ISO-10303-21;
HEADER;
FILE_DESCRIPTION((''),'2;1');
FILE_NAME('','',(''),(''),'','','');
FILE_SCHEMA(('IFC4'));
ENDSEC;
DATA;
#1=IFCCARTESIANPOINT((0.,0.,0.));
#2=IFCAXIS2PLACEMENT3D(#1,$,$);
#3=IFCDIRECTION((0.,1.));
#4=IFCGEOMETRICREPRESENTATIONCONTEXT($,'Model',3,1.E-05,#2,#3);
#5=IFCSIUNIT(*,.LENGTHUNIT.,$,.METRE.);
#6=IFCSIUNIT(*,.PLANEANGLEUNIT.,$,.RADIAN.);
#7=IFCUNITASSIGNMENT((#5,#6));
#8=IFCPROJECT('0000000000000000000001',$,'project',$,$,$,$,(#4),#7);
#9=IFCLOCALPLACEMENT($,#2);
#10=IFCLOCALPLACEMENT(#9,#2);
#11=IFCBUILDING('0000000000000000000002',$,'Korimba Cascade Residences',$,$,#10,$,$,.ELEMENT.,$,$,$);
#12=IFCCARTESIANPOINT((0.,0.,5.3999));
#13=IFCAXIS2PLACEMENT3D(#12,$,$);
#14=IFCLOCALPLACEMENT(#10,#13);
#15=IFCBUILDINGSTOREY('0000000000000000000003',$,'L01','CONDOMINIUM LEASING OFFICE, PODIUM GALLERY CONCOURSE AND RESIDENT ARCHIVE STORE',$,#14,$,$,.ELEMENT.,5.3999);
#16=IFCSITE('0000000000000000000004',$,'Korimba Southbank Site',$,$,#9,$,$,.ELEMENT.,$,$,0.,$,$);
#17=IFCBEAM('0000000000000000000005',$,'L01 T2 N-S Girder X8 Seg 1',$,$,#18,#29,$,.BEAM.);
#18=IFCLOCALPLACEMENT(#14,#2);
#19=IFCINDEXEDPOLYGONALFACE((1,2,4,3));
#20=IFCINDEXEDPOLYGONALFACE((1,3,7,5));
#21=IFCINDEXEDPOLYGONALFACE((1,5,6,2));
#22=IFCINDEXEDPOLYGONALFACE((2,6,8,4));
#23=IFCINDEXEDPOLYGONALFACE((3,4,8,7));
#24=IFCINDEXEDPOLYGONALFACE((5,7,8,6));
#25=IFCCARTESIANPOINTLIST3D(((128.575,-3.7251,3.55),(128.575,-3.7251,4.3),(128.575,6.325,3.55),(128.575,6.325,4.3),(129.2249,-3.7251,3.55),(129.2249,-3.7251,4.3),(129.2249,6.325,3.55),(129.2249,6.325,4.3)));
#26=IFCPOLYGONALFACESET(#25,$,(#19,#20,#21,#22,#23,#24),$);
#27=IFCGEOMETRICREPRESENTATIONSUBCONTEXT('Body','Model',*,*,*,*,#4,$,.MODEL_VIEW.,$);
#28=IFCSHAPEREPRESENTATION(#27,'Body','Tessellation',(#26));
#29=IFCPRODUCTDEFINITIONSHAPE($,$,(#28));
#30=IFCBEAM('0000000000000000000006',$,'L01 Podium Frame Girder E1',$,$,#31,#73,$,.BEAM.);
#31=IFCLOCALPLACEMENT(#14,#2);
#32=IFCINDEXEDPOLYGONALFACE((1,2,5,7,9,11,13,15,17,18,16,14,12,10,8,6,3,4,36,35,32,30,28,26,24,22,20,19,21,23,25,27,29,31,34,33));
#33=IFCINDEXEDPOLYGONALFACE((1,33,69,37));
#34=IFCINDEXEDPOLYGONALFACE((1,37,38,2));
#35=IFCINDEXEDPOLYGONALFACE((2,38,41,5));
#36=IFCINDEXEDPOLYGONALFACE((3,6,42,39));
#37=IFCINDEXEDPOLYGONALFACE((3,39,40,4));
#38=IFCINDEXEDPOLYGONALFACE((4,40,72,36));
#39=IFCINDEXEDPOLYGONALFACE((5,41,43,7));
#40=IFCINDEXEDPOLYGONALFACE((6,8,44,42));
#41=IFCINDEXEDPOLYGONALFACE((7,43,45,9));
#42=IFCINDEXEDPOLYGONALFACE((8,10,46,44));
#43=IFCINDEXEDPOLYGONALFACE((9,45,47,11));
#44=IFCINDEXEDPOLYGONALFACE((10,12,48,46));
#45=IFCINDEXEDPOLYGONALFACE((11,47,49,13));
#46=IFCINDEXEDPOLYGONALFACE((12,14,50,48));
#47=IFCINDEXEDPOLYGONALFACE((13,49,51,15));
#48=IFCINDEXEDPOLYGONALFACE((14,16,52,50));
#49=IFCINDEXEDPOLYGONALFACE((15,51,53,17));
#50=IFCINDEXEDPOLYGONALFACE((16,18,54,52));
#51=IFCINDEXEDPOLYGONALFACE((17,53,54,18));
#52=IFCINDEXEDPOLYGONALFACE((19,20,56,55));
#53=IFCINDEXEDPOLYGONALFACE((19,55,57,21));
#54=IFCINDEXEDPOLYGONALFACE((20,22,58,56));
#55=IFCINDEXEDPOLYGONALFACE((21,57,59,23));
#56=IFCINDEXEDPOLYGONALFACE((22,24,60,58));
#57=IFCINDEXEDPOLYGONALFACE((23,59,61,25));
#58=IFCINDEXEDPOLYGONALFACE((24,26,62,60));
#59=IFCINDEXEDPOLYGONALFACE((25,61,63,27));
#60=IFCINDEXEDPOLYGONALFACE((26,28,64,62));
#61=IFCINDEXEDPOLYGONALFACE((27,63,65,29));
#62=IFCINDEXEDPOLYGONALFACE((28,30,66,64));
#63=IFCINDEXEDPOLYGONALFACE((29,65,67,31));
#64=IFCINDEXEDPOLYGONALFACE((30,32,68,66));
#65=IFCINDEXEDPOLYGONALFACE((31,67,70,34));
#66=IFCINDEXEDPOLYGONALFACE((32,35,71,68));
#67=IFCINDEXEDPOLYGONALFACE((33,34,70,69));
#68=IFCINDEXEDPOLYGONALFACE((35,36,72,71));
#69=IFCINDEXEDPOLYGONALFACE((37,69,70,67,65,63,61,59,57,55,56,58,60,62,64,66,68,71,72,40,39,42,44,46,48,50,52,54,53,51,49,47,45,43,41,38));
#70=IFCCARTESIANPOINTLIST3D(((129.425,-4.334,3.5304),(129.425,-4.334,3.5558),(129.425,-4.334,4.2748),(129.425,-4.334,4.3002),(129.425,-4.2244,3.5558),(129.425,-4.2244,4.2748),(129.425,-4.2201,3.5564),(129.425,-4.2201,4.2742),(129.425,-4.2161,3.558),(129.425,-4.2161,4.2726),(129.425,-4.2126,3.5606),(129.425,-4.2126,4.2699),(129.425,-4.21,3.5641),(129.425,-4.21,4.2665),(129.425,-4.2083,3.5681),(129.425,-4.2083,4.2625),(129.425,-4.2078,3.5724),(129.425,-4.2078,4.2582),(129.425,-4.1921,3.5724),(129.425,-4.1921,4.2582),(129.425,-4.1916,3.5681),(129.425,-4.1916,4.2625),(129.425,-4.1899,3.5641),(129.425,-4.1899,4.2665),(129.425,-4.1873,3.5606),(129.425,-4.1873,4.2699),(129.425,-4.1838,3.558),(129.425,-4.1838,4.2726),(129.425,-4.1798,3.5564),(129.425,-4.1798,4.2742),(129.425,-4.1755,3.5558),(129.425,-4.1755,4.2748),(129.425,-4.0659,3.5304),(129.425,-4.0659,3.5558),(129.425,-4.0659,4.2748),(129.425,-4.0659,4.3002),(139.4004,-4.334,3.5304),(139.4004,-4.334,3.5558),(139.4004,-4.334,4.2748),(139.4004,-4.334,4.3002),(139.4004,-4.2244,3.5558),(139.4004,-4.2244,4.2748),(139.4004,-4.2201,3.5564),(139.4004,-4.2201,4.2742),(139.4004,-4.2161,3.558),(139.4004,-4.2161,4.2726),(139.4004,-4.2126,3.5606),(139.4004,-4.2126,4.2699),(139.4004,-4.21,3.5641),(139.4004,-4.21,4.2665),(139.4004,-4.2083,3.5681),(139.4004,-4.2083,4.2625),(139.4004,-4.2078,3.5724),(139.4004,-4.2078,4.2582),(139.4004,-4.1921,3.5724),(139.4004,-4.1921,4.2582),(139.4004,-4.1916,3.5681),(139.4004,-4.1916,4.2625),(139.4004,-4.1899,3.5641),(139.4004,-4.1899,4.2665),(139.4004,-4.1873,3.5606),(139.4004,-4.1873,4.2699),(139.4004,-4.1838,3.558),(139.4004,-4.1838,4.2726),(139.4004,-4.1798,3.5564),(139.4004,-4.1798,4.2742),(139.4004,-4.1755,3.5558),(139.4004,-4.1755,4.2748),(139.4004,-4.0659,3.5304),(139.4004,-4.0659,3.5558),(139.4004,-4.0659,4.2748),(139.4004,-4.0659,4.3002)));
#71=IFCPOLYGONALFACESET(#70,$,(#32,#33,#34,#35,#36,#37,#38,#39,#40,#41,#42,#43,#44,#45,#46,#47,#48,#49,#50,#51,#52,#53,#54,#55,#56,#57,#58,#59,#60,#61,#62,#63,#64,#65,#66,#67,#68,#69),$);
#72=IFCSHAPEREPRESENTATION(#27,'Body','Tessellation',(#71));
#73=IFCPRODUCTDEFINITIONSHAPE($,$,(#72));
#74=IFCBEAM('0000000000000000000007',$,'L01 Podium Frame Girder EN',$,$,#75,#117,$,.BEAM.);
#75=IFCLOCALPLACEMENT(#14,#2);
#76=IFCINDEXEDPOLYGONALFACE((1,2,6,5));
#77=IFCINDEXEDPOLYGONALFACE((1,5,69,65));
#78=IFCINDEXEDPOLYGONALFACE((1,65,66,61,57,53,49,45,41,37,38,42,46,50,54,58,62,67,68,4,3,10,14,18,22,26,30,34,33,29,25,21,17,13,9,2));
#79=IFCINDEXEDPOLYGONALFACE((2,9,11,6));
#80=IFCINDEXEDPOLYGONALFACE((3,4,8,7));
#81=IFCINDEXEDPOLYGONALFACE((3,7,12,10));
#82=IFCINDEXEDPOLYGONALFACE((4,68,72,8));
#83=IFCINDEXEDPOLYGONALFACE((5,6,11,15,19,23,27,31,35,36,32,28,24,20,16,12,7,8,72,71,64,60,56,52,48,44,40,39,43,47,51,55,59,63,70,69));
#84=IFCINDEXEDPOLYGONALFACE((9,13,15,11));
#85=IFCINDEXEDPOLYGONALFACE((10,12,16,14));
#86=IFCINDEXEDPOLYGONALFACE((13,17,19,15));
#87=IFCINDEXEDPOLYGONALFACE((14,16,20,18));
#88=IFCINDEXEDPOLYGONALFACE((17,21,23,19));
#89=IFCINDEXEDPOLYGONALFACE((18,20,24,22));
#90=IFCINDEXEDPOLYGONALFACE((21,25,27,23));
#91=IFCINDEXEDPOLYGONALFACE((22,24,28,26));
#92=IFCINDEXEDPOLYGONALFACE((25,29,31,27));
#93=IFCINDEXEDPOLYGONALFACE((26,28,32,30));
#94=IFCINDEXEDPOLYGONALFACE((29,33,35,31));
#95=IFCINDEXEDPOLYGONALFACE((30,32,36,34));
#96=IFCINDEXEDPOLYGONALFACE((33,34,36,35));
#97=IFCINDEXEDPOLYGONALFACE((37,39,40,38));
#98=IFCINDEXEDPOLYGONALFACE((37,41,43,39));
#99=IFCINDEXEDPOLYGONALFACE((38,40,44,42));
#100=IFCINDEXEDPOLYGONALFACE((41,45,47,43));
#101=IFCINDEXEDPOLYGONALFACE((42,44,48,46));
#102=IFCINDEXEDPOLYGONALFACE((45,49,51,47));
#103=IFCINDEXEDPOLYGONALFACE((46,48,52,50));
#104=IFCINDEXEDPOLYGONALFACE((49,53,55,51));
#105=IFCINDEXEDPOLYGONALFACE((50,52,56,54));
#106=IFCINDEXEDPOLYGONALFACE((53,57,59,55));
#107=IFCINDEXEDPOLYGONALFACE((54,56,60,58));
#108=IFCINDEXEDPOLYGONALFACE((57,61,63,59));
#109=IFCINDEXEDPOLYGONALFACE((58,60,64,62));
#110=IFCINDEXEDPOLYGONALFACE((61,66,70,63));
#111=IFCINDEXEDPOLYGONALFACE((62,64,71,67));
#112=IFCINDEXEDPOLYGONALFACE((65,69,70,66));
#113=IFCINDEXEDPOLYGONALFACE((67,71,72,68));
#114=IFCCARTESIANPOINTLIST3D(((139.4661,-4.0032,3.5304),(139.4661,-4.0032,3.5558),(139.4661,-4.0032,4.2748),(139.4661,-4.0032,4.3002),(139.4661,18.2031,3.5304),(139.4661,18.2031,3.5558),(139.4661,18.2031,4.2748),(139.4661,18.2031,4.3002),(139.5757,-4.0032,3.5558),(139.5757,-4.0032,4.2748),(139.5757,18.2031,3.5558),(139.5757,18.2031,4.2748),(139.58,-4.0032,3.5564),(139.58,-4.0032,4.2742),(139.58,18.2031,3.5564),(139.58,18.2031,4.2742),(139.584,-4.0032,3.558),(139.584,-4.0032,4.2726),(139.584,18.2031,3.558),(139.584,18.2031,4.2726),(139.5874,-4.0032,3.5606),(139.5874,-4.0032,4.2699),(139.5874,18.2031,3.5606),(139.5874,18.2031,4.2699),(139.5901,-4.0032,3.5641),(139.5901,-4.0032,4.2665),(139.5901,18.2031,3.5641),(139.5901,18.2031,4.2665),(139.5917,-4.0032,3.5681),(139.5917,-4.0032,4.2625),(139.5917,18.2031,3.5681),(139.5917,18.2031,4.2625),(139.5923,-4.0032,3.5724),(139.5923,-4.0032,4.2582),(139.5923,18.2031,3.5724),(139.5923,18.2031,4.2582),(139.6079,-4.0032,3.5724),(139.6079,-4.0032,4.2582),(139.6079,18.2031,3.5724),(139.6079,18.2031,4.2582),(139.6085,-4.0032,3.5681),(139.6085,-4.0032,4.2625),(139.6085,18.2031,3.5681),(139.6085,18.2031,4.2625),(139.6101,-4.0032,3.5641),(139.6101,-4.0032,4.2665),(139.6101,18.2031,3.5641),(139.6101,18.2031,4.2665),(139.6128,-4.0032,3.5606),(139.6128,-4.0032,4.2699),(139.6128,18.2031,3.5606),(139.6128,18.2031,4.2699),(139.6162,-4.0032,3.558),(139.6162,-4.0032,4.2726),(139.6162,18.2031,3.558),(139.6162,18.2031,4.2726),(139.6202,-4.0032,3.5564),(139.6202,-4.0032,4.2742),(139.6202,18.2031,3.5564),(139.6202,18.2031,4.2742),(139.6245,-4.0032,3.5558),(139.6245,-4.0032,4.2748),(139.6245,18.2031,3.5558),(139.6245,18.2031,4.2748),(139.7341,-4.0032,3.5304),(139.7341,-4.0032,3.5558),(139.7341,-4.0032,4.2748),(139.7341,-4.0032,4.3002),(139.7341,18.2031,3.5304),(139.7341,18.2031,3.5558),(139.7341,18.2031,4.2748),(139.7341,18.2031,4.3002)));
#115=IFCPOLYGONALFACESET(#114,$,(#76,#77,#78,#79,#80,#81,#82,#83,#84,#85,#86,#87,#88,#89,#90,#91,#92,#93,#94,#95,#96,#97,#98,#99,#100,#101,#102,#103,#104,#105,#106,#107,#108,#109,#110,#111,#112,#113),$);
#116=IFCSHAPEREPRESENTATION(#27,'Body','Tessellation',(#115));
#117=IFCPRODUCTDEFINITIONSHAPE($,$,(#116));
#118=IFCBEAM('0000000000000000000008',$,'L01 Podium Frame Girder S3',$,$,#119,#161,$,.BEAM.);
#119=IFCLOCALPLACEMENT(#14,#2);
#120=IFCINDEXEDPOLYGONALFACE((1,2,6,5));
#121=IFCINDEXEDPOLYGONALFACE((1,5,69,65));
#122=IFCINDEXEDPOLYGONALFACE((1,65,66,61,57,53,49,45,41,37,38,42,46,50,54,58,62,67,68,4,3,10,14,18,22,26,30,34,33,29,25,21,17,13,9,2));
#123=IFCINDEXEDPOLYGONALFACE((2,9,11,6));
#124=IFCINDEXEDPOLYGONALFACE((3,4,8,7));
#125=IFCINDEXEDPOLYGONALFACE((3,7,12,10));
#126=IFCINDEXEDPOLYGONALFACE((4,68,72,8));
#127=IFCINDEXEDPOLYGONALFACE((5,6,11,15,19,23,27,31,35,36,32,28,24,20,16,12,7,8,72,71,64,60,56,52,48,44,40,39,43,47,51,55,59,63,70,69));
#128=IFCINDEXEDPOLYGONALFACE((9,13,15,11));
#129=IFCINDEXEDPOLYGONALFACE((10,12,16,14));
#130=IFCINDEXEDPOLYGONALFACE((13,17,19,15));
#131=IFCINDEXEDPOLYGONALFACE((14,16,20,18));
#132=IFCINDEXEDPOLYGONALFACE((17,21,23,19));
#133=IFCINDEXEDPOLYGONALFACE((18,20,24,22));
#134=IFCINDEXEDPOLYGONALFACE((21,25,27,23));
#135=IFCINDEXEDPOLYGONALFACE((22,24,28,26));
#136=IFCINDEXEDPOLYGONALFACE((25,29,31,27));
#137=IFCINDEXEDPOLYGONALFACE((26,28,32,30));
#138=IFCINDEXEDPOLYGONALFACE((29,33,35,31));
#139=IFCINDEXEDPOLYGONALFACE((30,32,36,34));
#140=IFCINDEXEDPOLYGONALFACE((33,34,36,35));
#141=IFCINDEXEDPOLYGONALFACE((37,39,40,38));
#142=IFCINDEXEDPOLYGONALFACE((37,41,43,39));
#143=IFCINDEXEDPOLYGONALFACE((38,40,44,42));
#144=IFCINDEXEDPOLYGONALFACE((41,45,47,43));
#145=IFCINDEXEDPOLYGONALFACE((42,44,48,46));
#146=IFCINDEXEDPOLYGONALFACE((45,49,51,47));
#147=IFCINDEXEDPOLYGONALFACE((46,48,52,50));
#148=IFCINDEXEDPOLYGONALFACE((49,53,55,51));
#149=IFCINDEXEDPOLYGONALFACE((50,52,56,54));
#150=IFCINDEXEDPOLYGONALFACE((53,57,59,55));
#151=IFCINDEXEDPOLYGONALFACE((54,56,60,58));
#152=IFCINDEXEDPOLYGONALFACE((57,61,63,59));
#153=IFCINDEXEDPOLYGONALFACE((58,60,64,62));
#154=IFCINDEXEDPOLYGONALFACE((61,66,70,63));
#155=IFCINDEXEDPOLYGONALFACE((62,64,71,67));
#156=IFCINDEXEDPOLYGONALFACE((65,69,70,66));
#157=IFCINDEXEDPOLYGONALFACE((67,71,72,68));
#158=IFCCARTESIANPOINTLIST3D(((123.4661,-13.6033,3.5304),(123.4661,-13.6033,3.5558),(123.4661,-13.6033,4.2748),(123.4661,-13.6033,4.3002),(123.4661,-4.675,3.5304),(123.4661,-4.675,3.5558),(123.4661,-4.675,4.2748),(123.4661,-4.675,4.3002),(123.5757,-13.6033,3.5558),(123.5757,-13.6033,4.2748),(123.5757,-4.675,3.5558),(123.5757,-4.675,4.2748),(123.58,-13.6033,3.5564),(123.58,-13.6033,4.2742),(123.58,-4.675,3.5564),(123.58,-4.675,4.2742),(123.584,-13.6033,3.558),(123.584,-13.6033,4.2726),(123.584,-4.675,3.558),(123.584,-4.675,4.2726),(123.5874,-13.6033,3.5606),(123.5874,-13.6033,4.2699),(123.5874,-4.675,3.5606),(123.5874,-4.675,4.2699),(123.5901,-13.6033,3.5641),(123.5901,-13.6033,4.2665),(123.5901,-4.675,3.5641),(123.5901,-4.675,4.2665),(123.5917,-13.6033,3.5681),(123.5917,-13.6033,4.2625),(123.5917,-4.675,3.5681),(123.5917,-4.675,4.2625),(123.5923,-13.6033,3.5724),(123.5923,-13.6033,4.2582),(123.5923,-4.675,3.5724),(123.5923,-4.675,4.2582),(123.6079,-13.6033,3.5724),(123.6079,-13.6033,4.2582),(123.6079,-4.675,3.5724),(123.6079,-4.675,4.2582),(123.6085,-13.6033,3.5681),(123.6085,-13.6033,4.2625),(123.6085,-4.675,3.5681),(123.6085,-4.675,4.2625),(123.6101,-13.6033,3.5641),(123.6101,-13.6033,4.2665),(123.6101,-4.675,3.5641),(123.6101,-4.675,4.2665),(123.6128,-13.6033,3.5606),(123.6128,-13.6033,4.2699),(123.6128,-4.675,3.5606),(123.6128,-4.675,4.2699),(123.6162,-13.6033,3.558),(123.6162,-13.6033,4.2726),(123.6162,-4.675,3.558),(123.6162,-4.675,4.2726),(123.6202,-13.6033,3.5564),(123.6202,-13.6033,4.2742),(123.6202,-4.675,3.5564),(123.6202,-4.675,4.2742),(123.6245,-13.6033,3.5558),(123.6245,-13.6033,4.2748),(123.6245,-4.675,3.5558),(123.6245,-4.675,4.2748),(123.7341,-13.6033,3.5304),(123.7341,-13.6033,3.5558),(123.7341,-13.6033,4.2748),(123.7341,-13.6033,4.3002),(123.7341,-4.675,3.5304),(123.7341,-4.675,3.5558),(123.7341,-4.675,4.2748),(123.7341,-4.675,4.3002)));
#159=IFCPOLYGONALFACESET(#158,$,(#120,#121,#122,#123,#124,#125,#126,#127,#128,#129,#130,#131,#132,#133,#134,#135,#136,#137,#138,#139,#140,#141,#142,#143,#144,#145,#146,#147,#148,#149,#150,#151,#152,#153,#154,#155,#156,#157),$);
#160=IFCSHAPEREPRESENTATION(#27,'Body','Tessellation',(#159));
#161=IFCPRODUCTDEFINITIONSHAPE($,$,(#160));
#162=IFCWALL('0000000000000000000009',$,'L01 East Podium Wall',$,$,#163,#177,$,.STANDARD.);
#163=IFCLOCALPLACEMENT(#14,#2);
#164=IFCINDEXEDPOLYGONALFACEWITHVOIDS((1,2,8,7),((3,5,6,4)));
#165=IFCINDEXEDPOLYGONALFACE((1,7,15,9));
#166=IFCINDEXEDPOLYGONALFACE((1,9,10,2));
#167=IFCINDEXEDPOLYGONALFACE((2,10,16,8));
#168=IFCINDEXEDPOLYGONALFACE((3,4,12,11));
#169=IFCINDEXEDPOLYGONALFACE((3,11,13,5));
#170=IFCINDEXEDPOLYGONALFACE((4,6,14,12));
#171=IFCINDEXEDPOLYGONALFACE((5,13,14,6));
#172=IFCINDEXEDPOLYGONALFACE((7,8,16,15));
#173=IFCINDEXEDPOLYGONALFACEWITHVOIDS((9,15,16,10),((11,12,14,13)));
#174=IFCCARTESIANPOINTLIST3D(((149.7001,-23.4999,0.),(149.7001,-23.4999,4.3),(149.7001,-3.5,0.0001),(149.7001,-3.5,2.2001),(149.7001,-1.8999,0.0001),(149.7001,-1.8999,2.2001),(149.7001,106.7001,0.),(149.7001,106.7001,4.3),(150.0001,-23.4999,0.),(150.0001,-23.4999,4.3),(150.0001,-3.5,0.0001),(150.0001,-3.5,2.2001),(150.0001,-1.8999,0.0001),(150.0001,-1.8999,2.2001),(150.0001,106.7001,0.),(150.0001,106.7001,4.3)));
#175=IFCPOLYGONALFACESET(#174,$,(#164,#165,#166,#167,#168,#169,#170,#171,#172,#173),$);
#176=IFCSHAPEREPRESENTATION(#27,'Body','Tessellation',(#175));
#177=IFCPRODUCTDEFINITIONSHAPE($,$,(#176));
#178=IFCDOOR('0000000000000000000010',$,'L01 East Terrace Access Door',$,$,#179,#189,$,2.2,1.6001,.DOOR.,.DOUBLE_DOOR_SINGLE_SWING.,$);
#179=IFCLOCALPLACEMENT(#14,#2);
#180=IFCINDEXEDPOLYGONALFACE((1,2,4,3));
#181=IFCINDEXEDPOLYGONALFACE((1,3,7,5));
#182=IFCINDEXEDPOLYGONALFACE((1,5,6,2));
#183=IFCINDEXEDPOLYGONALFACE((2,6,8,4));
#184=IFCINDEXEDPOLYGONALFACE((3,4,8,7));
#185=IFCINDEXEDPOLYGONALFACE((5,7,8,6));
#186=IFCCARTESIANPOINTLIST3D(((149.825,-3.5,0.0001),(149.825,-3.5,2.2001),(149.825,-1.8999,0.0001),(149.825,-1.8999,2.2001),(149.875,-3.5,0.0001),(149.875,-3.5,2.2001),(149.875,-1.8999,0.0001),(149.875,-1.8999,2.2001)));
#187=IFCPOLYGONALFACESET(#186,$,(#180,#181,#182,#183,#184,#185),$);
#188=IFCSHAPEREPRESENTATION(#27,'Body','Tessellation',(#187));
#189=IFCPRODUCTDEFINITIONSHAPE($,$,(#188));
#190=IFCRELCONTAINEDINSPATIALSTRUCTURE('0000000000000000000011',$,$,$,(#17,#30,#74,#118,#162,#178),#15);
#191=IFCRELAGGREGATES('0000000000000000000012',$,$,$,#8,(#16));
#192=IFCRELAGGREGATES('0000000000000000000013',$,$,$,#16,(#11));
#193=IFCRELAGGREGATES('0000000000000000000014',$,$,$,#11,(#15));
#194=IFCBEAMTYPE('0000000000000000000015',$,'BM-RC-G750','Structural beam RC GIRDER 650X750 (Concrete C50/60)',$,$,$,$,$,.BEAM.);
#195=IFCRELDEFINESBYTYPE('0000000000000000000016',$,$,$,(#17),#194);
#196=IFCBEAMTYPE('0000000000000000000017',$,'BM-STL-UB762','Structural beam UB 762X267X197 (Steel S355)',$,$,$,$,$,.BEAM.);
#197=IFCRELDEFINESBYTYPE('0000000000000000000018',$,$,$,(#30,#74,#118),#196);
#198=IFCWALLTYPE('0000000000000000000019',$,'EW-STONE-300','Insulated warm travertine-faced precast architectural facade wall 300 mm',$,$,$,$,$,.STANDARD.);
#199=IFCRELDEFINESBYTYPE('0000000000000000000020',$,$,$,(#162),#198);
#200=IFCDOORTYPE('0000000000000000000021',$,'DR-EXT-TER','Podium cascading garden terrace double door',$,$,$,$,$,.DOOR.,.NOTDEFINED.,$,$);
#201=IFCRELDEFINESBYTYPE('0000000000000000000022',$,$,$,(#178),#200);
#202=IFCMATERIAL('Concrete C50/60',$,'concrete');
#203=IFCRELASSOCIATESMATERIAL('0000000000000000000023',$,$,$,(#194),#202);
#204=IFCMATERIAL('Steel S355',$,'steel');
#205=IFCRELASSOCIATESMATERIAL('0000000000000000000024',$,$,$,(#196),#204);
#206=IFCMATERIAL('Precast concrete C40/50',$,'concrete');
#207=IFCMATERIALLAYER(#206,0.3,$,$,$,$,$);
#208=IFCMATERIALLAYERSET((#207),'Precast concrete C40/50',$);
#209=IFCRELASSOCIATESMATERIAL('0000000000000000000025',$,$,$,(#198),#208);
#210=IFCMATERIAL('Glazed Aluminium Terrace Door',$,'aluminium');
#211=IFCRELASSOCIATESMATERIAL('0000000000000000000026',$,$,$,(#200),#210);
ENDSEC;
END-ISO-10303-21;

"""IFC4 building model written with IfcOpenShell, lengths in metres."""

from ifc_helpers import new_model, si_unit, direction, frame, frame_2d, origin, origin_2d, place, context, subcontext, project, spatial, rectangle, i_section, extrude, material, layer, layer_set, material_profile, profile_set, type_object, element, fill, save


model = new_model("IFC4")

# Units and contexts
model_context = context("Model", 3, precision=1e-05, world=origin(), true_north=direction((0.0, 1.0)))
body_context = subcontext(model_context, "Body", "Model", "MODEL_VIEW")
ifc_project = project(units=[si_unit("LENGTHUNIT", "METRE"), si_unit("PLANEANGLEUNIT", "RADIAN")], contexts=[model_context])

# Site, building, storey
site_placement = place(None, origin())
site = spatial("IfcSite", under=ifc_project, at=site_placement, Name="Korimba Southbank Site", CompositionType="ELEMENT", RefElevation=0.0)
building_placement = place(site_placement, origin())
building = spatial("IfcBuilding", under=site, at=building_placement, Name="Korimba Cascade Residences", CompositionType="ELEMENT")
storey_placement = place(building_placement, frame((0.0, 0.0, 5.3999)))
storey = spatial("IfcBuildingStorey", under=building, at=storey_placement, Name="L01", Description="CONDOMINIUM LEASING OFFICE, PODIUM GALLERY CONCOURSE AND RESIDENT ARCHIVE STORE", CompositionType="ELEMENT", Elevation=5.3999)

# Shared definitions
ifc_material_1 = material(Name="Steel S355", Category="steel")

# Beams
ifc_material_2 = material(Name="Concrete C50/60", Category="concrete")
ifc_material_profile_1 = material_profile(ifc_material_2, rectangle(XDim=0.6499, YDim=0.75, at=origin_2d()), Name="Concrete C50/60")
ifc_profile_set_1 = profile_set([ifc_material_profile_1], Name="Concrete C50/60")
beam_type_1 = type_object("IfcBeamType", Name="BM-RC-G750", Description="Structural beam RC GIRDER 650X750 (Concrete C50/60)", PredefinedType="BEAM", material=ifc_profile_set_1)
for number, where, z_axis, x_axis, name in (
    (1, (128.8999, -3.7251, 3.925), (0.0, 1.0, 0.0), (-1.0, 0.0, 0.0), "L01 T2 N-S Girder X8 Seg 1"),
):
    element("IfcBeam", number, at=place(storey_placement, frame(where, z_axis=z_axis, x_axis=x_axis)), inside=storey, type_object=beam_type_1, Name=name, PredefinedType="BEAM", context=body_context, shape_type="SweptSolid", body=[
        extrude(rectangle(XDim=0.6499, YDim=0.75, at=origin_2d()), origin(), (0.0, 0.0, 1.0), 10.05),
    ])
ifc_material_profile_2 = material_profile(ifc_material_1, i_section(OverallWidth=0.2681, OverallDepth=0.7698, WebThickness=0.0156, FlangeThickness=0.0254, FilletRadius=0.0166, at=origin_2d()), Name="Steel S355")
ifc_profile_set_2 = profile_set([ifc_material_profile_2], Name="Steel S355")
beam_type_2 = type_object("IfcBeamType", Name="BM-STL-UB762", Description="Structural beam UB 762X267X197 (Steel S355)", PredefinedType="BEAM", material=ifc_profile_set_2)
beam_1_placement = place(storey_placement, frame((129.425, -4.2, 3.9153), z_axis=(1.0, 0.0, 0.0), x_axis=(0.0, 1.0, 0.0)))
element("IfcBeam", 2, at=beam_1_placement, inside=storey, type_object=beam_type_2, Name="L01 Podium Frame Girder E1", PredefinedType="BEAM", context=body_context, shape_type="SweptSolid", body=[
    extrude(i_section(OverallWidth=0.2681, OverallDepth=0.7698, WebThickness=0.0156, FlangeThickness=0.0254, FilletRadius=0.0166, at=origin_2d()), origin(), (0.0, 0.0, 1.0), 9.9753),
])
beam_2_placement = place(storey_placement, frame((139.6001, -4.0032, 3.9153), z_axis=(0.0, 1.0, 0.0), x_axis=(-1.0, 0.0, 0.0)))
element("IfcBeam", 3, at=beam_2_placement, inside=storey, type_object=beam_type_2, Name="L01 Podium Frame Girder EN", PredefinedType="BEAM", context=body_context, shape_type="SweptSolid", body=[
    extrude(i_section(OverallWidth=0.2681, OverallDepth=0.7698, WebThickness=0.0156, FlangeThickness=0.0254, FilletRadius=0.0166, at=origin_2d()), origin(), (0.0, 0.0, 1.0), 22.2063),
])
beam_3_placement = place(storey_placement, frame((123.6001, -13.6033, 3.9153), z_axis=(0.0, 1.0, 0.0), x_axis=(-1.0, 0.0, 0.0)))
element("IfcBeam", 4, at=beam_3_placement, inside=storey, type_object=beam_type_2, Name="L01 Podium Frame Girder S3", PredefinedType="BEAM", context=body_context, shape_type="SweptSolid", body=[
    extrude(i_section(OverallWidth=0.2681, OverallDepth=0.7698, WebThickness=0.0156, FlangeThickness=0.0254, FilletRadius=0.0166, at=origin_2d()), origin(), (0.0, 0.0, 1.0), 8.9282),
])

# Wall, opening, door
ifc_material_3 = material(Name="Precast concrete C40/50", Category="concrete")
ifc_layer_1 = layer(ifc_material_3, 0.3)
ifc_layer_set_1 = layer_set([ifc_layer_1], Name="Precast concrete C40/50")
wall_type_1 = type_object("IfcWallType", Name="EW-STONE-300", Description="Insulated warm travertine-faced precast architectural facade wall 300 mm", PredefinedType="STANDARD", material=ifc_layer_set_1)
wall_1_placement = place(storey_placement, frame((149.8501, -23.5, 0.0), z_axis=(0.0, 0.0, 1.0), x_axis=(0.0, 1.0, 0.0)))
wall_1 = element("IfcWall", 5, at=wall_1_placement, inside=storey, type_object=wall_type_1, Name="L01 East Podium Wall", PredefinedType="STANDARD", context=body_context, shape_type="SweptSolid", body=[
    extrude(rectangle(XDim=130.2, YDim=0.3, at=frame_2d((65.1001, 0.0))), origin(), (0.0, 0.0, 1.0), 4.3),
])
opening_1_placement = place(wall_1_placement, frame((20.0, 0.0, 0.0)))
opening_1 = element("IfcOpeningElement", 6, at=opening_1_placement, cuts=wall_1, PredefinedType="OPENING", context=body_context, shape_type="SweptSolid", body=[
    extrude(rectangle(XDim=1.6001, YDim=2.2, at=frame_2d((0.8, 1.1001))), frame((0.0, 0.1602, 0.0), z_axis=(0.0, -1.0, 0.0), x_axis=(1.0, 0.0, 0.0)), (0.0, 0.0, 1.0), 0.3201),
])
ifc_material_4 = material(Name="Glazed Aluminium Terrace Door", Category="aluminium")
door_type_1 = type_object("IfcDoorType", Name="DR-EXT-TER", Description="Podium cascading garden terrace double door", OperationType="NOTDEFINED", PredefinedType="DOOR", material=ifc_material_4)
door_1_placement = place(opening_1_placement, frame((1.6001, 0.0, 0.0), z_axis=(0.0, 0.0, 1.0), x_axis=(-1.0, 0.0, 0.0)))
door_1 = element("IfcDoor", 7, at=door_1_placement, inside=storey, type_object=door_type_1, Name="L01 East Terrace Access Door", OperationType="DOUBLE_DOOR_SINGLE_SWING", OverallHeight=2.2, OverallWidth=1.6001, PredefinedType="DOOR", context=body_context, shape_type="SweptSolid", body=[
    extrude(rectangle(XDim=1.6001, YDim=2.2, at=frame_2d((0.8, 1.1001))), frame((0.0, 0.0249, 0.0), z_axis=(0.0, -1.0, 0.0), x_axis=(1.0, 0.0, 0.0)), (0.0, 0.0, 1.0), 0.05),
])
fill(opening_1, door_1)

save(model, "model.ifc")
